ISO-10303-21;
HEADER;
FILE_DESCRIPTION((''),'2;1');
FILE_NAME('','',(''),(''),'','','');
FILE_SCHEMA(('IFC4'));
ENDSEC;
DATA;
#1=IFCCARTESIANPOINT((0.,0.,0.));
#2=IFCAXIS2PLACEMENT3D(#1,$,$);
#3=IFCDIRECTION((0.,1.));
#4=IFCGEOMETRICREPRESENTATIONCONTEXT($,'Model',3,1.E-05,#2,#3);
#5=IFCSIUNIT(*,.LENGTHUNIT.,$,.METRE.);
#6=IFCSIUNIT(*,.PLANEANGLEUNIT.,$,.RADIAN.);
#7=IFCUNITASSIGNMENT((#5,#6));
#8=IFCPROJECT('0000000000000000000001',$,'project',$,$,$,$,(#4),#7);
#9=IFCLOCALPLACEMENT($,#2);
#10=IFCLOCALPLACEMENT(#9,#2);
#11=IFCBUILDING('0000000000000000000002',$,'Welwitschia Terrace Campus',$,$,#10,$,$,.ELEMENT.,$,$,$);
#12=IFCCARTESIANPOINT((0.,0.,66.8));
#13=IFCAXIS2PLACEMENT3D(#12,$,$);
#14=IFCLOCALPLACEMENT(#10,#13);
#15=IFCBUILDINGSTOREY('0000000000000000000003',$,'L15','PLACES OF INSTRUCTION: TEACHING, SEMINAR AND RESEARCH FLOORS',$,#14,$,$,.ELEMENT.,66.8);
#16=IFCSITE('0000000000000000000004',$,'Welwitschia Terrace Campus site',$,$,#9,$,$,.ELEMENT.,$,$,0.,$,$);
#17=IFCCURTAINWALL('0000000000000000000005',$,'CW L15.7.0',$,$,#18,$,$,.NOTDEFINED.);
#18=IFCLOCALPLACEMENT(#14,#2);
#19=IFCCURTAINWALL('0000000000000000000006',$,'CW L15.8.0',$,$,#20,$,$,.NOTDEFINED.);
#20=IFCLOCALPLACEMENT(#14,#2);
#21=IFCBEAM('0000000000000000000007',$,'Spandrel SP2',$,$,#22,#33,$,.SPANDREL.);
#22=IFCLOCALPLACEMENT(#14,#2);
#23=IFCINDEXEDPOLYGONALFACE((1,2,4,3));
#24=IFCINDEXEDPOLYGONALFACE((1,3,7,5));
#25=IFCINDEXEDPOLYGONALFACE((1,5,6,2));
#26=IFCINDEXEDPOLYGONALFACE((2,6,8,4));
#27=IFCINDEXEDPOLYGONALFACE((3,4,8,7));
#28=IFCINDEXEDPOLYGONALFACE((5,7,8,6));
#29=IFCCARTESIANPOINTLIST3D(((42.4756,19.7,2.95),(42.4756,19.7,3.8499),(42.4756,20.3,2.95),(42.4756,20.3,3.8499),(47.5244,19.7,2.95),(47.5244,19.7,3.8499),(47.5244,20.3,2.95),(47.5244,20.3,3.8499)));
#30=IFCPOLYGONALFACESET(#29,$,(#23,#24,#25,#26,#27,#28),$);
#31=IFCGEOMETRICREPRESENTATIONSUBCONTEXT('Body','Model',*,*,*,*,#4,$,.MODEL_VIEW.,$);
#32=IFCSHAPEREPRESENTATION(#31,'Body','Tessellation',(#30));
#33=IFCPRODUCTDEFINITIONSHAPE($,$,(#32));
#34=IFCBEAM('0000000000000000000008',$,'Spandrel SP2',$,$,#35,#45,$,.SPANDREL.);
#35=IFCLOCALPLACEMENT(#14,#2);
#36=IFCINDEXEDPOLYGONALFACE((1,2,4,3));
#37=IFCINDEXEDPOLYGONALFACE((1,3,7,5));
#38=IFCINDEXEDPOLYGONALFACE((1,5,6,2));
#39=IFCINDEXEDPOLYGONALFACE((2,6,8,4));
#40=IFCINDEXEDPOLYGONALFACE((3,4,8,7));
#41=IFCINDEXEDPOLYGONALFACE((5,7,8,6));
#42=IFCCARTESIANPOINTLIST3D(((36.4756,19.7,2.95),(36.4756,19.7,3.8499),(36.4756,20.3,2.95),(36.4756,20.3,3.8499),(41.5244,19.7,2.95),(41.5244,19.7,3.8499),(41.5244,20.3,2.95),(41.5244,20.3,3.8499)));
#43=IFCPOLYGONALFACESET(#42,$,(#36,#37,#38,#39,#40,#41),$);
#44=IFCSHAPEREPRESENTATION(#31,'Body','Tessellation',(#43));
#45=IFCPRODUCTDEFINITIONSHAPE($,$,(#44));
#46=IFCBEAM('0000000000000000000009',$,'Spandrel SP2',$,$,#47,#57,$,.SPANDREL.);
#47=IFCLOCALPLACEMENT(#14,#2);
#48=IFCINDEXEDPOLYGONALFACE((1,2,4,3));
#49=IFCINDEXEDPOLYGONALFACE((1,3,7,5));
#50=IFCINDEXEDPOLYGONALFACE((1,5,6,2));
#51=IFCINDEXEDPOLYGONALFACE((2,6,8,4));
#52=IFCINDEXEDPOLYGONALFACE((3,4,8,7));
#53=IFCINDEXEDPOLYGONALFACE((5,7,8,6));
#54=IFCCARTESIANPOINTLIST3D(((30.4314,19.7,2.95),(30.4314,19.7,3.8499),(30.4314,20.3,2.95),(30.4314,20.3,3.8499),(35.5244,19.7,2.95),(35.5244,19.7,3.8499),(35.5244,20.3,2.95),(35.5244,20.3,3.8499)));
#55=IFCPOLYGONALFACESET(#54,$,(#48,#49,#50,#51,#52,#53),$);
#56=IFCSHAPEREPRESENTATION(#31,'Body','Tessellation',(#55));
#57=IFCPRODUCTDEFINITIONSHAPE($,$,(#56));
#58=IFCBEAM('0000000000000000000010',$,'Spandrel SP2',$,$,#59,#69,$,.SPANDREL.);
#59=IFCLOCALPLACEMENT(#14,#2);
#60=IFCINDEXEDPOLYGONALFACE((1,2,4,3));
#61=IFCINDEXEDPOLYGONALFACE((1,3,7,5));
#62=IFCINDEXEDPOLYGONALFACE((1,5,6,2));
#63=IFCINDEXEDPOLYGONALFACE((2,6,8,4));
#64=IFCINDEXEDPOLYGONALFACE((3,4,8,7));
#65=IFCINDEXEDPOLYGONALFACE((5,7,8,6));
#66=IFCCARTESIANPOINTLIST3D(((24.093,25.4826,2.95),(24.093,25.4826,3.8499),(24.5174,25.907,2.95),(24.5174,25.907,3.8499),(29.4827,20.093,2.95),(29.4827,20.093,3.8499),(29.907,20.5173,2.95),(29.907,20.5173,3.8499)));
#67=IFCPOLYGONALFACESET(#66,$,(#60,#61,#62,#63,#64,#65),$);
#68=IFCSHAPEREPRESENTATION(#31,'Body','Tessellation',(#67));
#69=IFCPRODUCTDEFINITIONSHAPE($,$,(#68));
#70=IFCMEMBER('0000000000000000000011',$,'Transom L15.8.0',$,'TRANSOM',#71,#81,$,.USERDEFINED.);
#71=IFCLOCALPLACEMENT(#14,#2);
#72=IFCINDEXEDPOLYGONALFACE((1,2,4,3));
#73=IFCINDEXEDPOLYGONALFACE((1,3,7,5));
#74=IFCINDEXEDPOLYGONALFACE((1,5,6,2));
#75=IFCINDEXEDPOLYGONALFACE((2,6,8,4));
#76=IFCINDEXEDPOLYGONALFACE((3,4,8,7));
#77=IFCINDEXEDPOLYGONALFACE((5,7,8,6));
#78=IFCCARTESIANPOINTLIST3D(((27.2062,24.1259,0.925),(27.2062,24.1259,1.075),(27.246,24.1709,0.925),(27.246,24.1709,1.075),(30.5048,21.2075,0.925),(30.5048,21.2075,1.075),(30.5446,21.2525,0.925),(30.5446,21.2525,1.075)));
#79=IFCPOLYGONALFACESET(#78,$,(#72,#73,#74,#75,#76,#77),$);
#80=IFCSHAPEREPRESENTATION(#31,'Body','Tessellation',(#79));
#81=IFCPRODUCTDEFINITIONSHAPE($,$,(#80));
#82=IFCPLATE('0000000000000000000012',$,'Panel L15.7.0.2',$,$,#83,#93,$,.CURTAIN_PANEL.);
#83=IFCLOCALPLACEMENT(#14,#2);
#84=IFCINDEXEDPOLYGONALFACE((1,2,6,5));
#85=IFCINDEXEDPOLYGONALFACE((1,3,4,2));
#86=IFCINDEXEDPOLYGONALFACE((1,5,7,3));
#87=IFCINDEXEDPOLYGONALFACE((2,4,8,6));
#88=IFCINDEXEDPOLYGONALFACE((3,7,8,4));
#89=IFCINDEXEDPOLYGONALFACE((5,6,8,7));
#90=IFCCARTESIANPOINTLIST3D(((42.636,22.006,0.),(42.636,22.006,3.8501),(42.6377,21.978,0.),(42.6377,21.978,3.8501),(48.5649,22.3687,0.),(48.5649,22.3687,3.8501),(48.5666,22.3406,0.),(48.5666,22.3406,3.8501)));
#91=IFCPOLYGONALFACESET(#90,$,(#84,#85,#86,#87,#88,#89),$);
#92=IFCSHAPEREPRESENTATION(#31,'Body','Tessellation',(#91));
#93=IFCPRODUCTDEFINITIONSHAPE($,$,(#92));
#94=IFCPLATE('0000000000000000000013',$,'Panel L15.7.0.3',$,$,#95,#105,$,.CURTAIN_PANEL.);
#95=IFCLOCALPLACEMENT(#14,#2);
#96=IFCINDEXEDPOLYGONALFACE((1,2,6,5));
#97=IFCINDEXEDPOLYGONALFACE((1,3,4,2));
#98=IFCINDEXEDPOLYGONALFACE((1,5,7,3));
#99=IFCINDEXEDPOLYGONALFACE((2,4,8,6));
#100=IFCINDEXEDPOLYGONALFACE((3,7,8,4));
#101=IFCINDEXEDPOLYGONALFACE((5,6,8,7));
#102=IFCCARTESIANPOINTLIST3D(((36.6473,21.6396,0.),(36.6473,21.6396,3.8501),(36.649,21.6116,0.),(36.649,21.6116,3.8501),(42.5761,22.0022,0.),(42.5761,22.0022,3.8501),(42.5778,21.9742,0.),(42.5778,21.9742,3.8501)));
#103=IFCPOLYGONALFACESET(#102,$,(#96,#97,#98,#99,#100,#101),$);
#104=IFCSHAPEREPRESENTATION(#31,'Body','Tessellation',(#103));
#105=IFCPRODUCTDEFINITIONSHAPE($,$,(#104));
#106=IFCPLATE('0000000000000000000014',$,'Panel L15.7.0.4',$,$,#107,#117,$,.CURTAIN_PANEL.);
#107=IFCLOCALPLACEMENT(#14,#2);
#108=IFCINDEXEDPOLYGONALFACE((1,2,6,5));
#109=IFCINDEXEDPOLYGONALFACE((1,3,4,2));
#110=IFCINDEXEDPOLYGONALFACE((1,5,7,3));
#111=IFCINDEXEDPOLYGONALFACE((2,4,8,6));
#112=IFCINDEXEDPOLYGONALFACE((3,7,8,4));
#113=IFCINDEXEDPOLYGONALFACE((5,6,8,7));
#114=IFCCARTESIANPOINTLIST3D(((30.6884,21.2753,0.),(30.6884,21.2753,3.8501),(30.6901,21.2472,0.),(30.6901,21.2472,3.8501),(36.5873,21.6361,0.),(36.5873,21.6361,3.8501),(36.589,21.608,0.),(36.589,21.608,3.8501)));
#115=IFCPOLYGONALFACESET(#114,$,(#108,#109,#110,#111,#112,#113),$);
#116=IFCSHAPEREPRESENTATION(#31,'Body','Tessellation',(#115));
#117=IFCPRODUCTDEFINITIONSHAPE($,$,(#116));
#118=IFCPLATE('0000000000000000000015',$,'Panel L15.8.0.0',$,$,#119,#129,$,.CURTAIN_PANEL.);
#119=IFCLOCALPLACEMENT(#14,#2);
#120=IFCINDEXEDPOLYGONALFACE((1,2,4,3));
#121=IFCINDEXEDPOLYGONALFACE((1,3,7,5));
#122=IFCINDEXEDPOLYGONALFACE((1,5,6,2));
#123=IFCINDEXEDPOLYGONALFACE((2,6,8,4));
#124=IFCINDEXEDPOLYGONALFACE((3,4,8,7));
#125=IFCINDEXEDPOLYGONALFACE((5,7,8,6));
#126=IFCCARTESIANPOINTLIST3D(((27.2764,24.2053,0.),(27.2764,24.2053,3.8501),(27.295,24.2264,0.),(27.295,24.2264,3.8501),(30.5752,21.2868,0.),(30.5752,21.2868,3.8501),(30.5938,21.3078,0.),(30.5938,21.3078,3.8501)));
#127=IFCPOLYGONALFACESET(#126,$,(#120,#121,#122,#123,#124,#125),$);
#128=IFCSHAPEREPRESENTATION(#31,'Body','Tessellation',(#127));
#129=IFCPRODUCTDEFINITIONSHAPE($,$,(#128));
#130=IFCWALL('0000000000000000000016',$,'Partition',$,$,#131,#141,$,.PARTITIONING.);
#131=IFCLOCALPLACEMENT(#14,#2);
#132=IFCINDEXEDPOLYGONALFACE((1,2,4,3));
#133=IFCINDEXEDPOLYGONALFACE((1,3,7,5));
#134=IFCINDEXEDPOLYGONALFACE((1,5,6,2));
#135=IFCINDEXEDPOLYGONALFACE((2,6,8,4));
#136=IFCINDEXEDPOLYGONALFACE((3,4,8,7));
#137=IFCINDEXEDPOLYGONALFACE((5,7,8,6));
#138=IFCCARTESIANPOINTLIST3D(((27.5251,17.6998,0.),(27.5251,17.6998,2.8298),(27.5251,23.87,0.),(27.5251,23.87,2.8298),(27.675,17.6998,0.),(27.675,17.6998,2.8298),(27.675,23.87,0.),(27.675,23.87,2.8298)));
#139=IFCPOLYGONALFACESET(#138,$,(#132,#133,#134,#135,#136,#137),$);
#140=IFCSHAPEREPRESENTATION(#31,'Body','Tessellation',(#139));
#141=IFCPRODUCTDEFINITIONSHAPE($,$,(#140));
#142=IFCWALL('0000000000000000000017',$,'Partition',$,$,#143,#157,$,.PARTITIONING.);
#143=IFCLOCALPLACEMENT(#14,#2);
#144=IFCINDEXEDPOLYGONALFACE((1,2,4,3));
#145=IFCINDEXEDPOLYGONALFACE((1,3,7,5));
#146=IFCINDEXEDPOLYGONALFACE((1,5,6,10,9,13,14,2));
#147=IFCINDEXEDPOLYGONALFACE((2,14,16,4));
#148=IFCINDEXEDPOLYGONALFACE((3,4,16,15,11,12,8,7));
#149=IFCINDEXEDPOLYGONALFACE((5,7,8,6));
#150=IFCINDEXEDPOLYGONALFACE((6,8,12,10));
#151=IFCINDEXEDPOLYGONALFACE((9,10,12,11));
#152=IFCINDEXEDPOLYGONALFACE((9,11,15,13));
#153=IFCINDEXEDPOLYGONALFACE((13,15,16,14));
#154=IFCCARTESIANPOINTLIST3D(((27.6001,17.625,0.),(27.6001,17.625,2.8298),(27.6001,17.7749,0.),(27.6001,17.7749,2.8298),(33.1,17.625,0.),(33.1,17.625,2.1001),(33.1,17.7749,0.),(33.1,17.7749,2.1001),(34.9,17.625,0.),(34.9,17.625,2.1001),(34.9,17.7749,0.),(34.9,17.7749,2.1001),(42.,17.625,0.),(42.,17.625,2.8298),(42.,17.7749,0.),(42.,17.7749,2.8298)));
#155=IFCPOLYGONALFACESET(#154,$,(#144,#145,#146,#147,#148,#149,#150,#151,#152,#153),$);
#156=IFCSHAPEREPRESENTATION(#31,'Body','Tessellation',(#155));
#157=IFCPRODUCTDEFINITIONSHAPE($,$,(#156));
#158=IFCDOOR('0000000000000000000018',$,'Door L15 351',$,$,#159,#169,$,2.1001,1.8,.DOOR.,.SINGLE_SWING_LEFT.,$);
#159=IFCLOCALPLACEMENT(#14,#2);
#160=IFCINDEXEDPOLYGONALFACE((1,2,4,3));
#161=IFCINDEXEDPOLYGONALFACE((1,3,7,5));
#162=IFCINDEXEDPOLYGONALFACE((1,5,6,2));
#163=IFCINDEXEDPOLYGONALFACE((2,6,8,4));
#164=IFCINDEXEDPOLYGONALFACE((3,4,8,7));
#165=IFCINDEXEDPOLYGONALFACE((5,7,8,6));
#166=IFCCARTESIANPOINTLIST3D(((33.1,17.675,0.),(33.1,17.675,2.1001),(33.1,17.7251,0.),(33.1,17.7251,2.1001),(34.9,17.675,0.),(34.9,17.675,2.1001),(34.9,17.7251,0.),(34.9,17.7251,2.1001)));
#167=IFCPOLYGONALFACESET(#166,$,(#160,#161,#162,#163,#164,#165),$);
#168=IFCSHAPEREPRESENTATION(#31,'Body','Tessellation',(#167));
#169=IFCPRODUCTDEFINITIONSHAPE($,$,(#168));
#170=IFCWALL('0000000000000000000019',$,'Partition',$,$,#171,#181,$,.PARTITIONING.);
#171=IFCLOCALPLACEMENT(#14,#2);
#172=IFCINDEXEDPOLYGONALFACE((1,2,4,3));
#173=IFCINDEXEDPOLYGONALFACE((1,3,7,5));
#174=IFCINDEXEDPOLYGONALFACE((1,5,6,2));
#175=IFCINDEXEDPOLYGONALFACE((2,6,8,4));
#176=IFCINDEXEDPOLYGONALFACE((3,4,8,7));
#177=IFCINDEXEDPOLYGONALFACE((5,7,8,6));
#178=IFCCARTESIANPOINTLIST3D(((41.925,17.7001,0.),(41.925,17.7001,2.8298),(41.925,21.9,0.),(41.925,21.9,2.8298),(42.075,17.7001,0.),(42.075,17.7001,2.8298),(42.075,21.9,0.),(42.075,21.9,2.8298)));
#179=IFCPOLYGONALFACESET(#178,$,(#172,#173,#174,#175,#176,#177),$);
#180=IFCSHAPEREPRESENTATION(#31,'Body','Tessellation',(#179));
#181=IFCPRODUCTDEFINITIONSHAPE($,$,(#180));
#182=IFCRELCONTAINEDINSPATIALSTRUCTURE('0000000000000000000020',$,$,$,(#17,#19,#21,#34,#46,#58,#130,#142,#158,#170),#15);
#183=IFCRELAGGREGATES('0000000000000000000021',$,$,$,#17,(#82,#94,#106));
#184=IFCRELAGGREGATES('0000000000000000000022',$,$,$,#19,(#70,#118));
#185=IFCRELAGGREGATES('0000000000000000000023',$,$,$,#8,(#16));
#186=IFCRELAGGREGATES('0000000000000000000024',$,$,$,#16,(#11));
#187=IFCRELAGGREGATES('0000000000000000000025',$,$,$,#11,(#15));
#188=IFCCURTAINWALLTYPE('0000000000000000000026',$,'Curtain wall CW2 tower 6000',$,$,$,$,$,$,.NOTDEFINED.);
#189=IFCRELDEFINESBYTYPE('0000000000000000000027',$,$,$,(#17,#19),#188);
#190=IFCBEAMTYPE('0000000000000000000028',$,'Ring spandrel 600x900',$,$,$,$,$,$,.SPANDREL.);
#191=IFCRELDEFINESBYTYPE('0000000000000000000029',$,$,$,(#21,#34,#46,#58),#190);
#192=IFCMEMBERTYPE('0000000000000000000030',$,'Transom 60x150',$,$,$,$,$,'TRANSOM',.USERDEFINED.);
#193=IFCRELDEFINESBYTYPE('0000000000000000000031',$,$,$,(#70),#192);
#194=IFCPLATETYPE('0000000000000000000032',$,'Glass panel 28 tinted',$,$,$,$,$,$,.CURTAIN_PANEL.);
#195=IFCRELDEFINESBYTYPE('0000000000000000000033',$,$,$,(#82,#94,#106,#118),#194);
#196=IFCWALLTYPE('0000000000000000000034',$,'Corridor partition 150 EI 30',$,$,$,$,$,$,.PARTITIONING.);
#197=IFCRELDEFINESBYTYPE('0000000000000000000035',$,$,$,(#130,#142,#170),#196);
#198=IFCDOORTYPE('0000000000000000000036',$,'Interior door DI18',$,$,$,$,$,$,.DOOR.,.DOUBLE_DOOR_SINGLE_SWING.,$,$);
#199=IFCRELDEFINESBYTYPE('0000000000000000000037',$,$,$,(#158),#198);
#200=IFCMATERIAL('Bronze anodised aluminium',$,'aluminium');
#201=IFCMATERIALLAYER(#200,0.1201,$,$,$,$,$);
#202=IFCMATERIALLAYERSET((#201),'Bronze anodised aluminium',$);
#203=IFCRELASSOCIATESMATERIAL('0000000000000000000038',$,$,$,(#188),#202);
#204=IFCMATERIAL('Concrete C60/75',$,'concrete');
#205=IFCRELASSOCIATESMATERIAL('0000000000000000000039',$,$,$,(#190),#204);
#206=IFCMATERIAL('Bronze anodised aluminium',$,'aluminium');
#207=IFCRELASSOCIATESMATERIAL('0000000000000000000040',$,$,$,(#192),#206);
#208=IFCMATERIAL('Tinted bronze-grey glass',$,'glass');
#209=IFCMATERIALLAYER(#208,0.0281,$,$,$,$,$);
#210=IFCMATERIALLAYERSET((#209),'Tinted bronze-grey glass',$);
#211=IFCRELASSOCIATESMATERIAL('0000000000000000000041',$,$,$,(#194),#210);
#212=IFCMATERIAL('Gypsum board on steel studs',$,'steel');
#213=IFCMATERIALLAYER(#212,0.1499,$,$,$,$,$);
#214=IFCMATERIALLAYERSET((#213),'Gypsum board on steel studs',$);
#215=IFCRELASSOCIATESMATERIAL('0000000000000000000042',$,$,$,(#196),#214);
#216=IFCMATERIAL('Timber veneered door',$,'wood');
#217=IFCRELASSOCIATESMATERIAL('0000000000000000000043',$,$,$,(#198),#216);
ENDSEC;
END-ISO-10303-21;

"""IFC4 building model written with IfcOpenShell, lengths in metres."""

from ifc_helpers import new_model, si_unit, direction, frame, frame_2d, origin, origin_2d, place, context, subcontext, project, spatial, rectangle, extrude, material, layer, layer_set, material_profile, profile_set, type_object, element, fill, aggregate, save


model = new_model("IFC4")

# Units and contexts
model_context = context("Model", 3, precision=1e-05, world=origin(), true_north=direction((0.0, 1.0)))
body_context = subcontext(model_context, "Body", "Model", "MODEL_VIEW")
ifc_project = project(units=[si_unit("LENGTHUNIT", "METRE"), si_unit("PLANEANGLEUNIT", "RADIAN")], contexts=[model_context])

# Site, building, storey
site_placement = place(None, origin())
site = spatial("IfcSite", under=ifc_project, at=site_placement, Name="Welwitschia Terrace Campus site", CompositionType="ELEMENT", RefElevation=0.0)
building_placement = place(site_placement, origin())
building = spatial("IfcBuilding", under=site, at=building_placement, Name="Welwitschia Terrace Campus", CompositionType="ELEMENT")
storey_placement = place(building_placement, frame((0.0, 0.0, 66.8)))
storey = spatial("IfcBuildingStorey", under=building, at=storey_placement, Name="L15", Description="PLACES OF INSTRUCTION: TEACHING, SEMINAR AND RESEARCH FLOORS", CompositionType="ELEMENT", Elevation=66.8)

# Curtain walls
ifc_material_1 = material(Name="Bronze anodised aluminium", Category="aluminium")
ifc_layer_1 = layer(ifc_material_1, 0.1201)
ifc_layer_set_1 = layer_set([ifc_layer_1], Name="Bronze anodised aluminium")
curtain_wall_type = type_object("IfcCurtainWallType", Name="Curtain wall CW2 tower 6000", PredefinedType="NOTDEFINED", material=ifc_layer_set_1)
curtain_wall_1_placement = place(storey_placement, origin())
curtain_wall_1 = element("IfcCurtainWall", 1, at=curtain_wall_1_placement, inside=storey, type_object=curtain_wall_type, Name="CW L15.7.0", PredefinedType="NOTDEFINED")
curtain_wall_2_placement = place(storey_placement, origin())
curtain_wall_2 = element("IfcCurtainWall", 2, at=curtain_wall_2_placement, inside=storey, type_object=curtain_wall_type, Name="CW L15.8.0", PredefinedType="NOTDEFINED")

# Beams
ifc_material_2 = material(Name="Concrete C60/75", Category="concrete")
ifc_material_profile_1 = material_profile(ifc_material_2, rectangle(XDim=0.6001, YDim=0.8999, at=origin_2d()))
ifc_profile_set_1 = profile_set([ifc_material_profile_1], Name="Concrete C60/75")
beam_type_1 = type_object("IfcBeamType", Name="Ring spandrel 600x900", PredefinedType="SPANDREL", material=ifc_profile_set_1)
for number, where, z_axis, x_axis, name in (
    (3, (47.5244, 20.0, 3.3999), (-1.0, 0.0, 0.0), (0.0, -1.0, 0.0), "Spandrel SP2"),
    (4, (41.5244, 20.0, 3.3999), (-1.0, 0.0, 0.0), (0.0, -1.0, 0.0), "Spandrel SP2"),
):
    element("IfcBeam", number, at=place(storey_placement, frame(where, z_axis=z_axis, x_axis=x_axis)), inside=storey, type_object=beam_type_1, Name=name, PredefinedType="SPANDREL", context=body_context, shape_type="SweptSolid", body=[
        extrude(rectangle(XDim=0.6001, YDim=0.8999, at=origin_2d()), origin(), (0.0, 0.0, 1.0), 5.0488),
    ])
beam_1_placement = place(storey_placement, frame((35.5244, 20.0, 3.3999), z_axis=(-1.0, 0.0, 0.0), x_axis=(0.0, -1.0, 0.0)))
element("IfcBeam", 5, at=beam_1_placement, inside=storey, type_object=beam_type_1, Name="Spandrel SP2", PredefinedType="SPANDREL", context=body_context, shape_type="SweptSolid", body=[
    extrude(rectangle(XDim=0.6001, YDim=0.8999, at=origin_2d()), origin(), (0.0, 0.0, 1.0), 5.093),
])
beam_2_placement = place(storey_placement, frame((29.6948, 20.3052, 3.3999), z_axis=(-0.707107, 0.707107, 0.0), x_axis=(-0.707107, -0.707107, 0.0)))
element("IfcBeam", 6, at=beam_2_placement, inside=storey, type_object=beam_type_1, Name="Spandrel SP2", PredefinedType="SPANDREL", context=body_context, shape_type="SweptSolid", body=[
    extrude(rectangle(XDim=0.6001, YDim=0.8999, at=origin_2d()), origin(), (0.0, 0.0, 1.0), 7.6221),
])

# Member
ifc_material_3 = material(Name="Bronze anodised aluminium", Category="aluminium")
ifc_material_profile_2 = material_profile(ifc_material_3, rectangle(XDim=0.0601, YDim=0.1499, at=origin_2d()))
ifc_profile_set_2 = profile_set([ifc_material_profile_2], Name="Bronze anodised aluminium")
member_type_1 = type_object("IfcMemberType", Name="Transom 60x150", ElementType="TRANSOM", PredefinedType="USERDEFINED", material=ifc_profile_set_2)
member_1_placement = place(storey_placement, frame((30.5247, 21.23, 1.0), z_axis=(-0.748943, 0.662635, 0.0), x_axis=(-0.662635, -0.748943, 0.0)))
member_1 = element("IfcMember", 7, at=member_1_placement, type_object=member_type_1, Name="Transom L15.8.0", ObjectType="TRANSOM", PredefinedType="USERDEFINED", context=body_context, shape_type="SweptSolid", body=[
    extrude(rectangle(XDim=0.0601, YDim=0.1499, at=origin_2d()), origin(), (0.0, 0.0, 1.0), 4.4043),
])

# Plates
ifc_material_4 = material(Name="Tinted bronze-grey glass", Category="glass")
ifc_layer_2 = layer(ifc_material_4, 0.0281)
ifc_layer_set_2 = layer_set([ifc_layer_2], Name="Tinted bronze-grey glass")
plate_type = type_object("IfcPlateType", Name="Glass panel 28 tinted", PredefinedType="CURTAIN_PANEL", material=ifc_layer_set_2)
plate_1_placement = place(storey_placement, frame((45.6013, 22.1733, 0.0), z_axis=(0.0, 0.0, 1.0), x_axis=(-0.998135, -0.061049, 0.0)))
plate_1 = element("IfcPlate", 8, at=plate_1_placement, type_object=plate_type, Name="Panel L15.7.0.2", PredefinedType="CURTAIN_PANEL", context=body_context, shape_type="SweptSolid", body=[
    extrude(rectangle(XDim=5.9399, YDim=0.0281, at=origin_2d()), origin(), (0.0, 0.0, 1.0), 3.8501),
])
plate_2_placement = place(storey_placement, frame((39.6125, 21.8069, 0.0), z_axis=(0.0, 0.0, 1.0), x_axis=(-0.998135, -0.061049, 0.0)))
plate_2 = element("IfcPlate", 9, at=plate_2_placement, type_object=plate_type, Name="Panel L15.7.0.3", PredefinedType="CURTAIN_PANEL", context=body_context, shape_type="SweptSolid", body=[
    extrude(rectangle(XDim=5.9399, YDim=0.0281, at=origin_2d()), origin(), (0.0, 0.0, 1.0), 3.8501),
])
plate_3_placement = place(storey_placement, frame((33.6387, 21.4417, 0.0), z_axis=(0.0, 0.0, 1.0), x_axis=(-0.998135, -0.061049, 0.0)))
plate_3 = element("IfcPlate", 10, at=plate_3_placement, type_object=plate_type, Name="Panel L15.7.0.4", PredefinedType="CURTAIN_PANEL", context=body_context, shape_type="SweptSolid", body=[
    extrude(rectangle(XDim=5.9099, YDim=0.0281, at=origin_2d()), origin(), (0.0, 0.0, 1.0), 3.8501),
])
aggregate(curtain_wall_1, [plate_1, plate_2, plate_3])
plate_4_placement = place(storey_placement, frame((28.9351, 22.7566, 0.0), z_axis=(0.0, 0.0, 1.0), x_axis=(-0.748956, 0.66262, 0.0)))
plate_4 = element("IfcPlate", 11, at=plate_4_placement, type_object=plate_type, Name="Panel L15.8.0.0", PredefinedType="CURTAIN_PANEL", context=body_context, shape_type="SweptSolid", body=[
    extrude(rectangle(XDim=4.4045, YDim=0.0281, at=origin_2d()), origin(), (0.0, 0.0, 1.0), 3.8501),
])
aggregate(curtain_wall_2, [member_1, plate_4])

# Wall
ifc_material_5 = material(Name="Gypsum board on steel studs", Category="steel")
ifc_layer_3 = layer(ifc_material_5, 0.1499)
ifc_layer_set_3 = layer_set([ifc_layer_3], Name="Gypsum board on steel studs")
wall_type = type_object("IfcWallType", Name="Corridor partition 150 EI 30", PredefinedType="PARTITIONING", material=ifc_layer_set_3)
wall_1_placement = place(storey_placement, frame((27.6001, 17.7, 0.0), z_axis=(0.0, 0.0, 1.0), x_axis=(0.0, 1.0, 0.0)))
element("IfcWall", 12, at=wall_1_placement, inside=storey, type_object=wall_type, Name="Partition", PredefinedType="PARTITIONING", context=body_context, shape_type="SweptSolid", body=[
    extrude(rectangle(XDim=6.1702, YDim=0.1499, at=frame_2d((3.085, 0.0))), origin(), (0.0, 0.0, 1.0), 2.8298),
])

# Wall, opening, door
wall_2_placement = place(storey_placement, frame((42.0, 17.7, 0.0), z_axis=(0.0, 0.0, 1.0), x_axis=(-1.0, 0.0, 0.0)))
wall_2 = element("IfcWall", 13, at=wall_2_placement, inside=storey, type_object=wall_type, Name="Partition", PredefinedType="PARTITIONING", context=body_context, shape_type="SweptSolid", body=[
    extrude(rectangle(XDim=14.3999, YDim=0.1499, at=frame_2d((7.2, 0.0))), origin(), (0.0, 0.0, 1.0), 2.8298),
])
opening_1_placement = place(wall_2_placement, frame((7.1001, 0.0, 0.0)))
opening_1 = element("IfcOpeningElement", 14, at=opening_1_placement, cuts=wall_2, PredefinedType="OPENING", context=body_context, shape_type="SweptSolid", body=[
    extrude(rectangle(XDim=1.8, YDim=2.1001, at=frame_2d((0.8999, 1.05))), frame((0.0, 0.085, 0.0), z_axis=(0.0, -1.0, 0.0), x_axis=(1.0, 0.0, 0.0)), (0.0, 0.0, 1.0), 0.1699),
])
ifc_material_6 = material(Name="Timber veneered door", Category="wood")
door_type_1 = type_object("IfcDoorType", Name="Interior door DI18", OperationType="DOUBLE_DOOR_SINGLE_SWING", PredefinedType="DOOR", material=ifc_material_6)
door_1_placement = place(opening_1_placement, origin())
door_1 = element("IfcDoor", 15, at=door_1_placement, inside=storey, type_object=door_type_1, Name="Door L15 351", OperationType="SINGLE_SWING_LEFT", OverallHeight=2.1001, OverallWidth=1.8, PredefinedType="DOOR", context=body_context, shape_type="SweptSolid", body=[
    extrude(rectangle(XDim=1.8, YDim=2.1001, at=frame_2d((0.8999, 1.05))), frame((0.0, 0.0249, 0.0), z_axis=(0.0, -1.0, 0.0), x_axis=(1.0, 0.0, 0.0)), (0.0, 0.0, 1.0), 0.05),
])
fill(opening_1, door_1)

# Wall
wall_3_placement = place(storey_placement, frame((42.0, 17.7, 0.0), z_axis=(0.0, 0.0, 1.0), x_axis=(0.0, 1.0, 0.0)))
element("IfcWall", 16, at=wall_3_placement, inside=storey, type_object=wall_type, Name="Partition", PredefinedType="PARTITIONING", context=body_context, shape_type="SweptSolid", body=[
    extrude(rectangle(XDim=4.2, YDim=0.1499, at=frame_2d((2.1001, 0.0))), origin(), (0.0, 0.0, 1.0), 2.8298),
])

save(model, "model.ifc")
